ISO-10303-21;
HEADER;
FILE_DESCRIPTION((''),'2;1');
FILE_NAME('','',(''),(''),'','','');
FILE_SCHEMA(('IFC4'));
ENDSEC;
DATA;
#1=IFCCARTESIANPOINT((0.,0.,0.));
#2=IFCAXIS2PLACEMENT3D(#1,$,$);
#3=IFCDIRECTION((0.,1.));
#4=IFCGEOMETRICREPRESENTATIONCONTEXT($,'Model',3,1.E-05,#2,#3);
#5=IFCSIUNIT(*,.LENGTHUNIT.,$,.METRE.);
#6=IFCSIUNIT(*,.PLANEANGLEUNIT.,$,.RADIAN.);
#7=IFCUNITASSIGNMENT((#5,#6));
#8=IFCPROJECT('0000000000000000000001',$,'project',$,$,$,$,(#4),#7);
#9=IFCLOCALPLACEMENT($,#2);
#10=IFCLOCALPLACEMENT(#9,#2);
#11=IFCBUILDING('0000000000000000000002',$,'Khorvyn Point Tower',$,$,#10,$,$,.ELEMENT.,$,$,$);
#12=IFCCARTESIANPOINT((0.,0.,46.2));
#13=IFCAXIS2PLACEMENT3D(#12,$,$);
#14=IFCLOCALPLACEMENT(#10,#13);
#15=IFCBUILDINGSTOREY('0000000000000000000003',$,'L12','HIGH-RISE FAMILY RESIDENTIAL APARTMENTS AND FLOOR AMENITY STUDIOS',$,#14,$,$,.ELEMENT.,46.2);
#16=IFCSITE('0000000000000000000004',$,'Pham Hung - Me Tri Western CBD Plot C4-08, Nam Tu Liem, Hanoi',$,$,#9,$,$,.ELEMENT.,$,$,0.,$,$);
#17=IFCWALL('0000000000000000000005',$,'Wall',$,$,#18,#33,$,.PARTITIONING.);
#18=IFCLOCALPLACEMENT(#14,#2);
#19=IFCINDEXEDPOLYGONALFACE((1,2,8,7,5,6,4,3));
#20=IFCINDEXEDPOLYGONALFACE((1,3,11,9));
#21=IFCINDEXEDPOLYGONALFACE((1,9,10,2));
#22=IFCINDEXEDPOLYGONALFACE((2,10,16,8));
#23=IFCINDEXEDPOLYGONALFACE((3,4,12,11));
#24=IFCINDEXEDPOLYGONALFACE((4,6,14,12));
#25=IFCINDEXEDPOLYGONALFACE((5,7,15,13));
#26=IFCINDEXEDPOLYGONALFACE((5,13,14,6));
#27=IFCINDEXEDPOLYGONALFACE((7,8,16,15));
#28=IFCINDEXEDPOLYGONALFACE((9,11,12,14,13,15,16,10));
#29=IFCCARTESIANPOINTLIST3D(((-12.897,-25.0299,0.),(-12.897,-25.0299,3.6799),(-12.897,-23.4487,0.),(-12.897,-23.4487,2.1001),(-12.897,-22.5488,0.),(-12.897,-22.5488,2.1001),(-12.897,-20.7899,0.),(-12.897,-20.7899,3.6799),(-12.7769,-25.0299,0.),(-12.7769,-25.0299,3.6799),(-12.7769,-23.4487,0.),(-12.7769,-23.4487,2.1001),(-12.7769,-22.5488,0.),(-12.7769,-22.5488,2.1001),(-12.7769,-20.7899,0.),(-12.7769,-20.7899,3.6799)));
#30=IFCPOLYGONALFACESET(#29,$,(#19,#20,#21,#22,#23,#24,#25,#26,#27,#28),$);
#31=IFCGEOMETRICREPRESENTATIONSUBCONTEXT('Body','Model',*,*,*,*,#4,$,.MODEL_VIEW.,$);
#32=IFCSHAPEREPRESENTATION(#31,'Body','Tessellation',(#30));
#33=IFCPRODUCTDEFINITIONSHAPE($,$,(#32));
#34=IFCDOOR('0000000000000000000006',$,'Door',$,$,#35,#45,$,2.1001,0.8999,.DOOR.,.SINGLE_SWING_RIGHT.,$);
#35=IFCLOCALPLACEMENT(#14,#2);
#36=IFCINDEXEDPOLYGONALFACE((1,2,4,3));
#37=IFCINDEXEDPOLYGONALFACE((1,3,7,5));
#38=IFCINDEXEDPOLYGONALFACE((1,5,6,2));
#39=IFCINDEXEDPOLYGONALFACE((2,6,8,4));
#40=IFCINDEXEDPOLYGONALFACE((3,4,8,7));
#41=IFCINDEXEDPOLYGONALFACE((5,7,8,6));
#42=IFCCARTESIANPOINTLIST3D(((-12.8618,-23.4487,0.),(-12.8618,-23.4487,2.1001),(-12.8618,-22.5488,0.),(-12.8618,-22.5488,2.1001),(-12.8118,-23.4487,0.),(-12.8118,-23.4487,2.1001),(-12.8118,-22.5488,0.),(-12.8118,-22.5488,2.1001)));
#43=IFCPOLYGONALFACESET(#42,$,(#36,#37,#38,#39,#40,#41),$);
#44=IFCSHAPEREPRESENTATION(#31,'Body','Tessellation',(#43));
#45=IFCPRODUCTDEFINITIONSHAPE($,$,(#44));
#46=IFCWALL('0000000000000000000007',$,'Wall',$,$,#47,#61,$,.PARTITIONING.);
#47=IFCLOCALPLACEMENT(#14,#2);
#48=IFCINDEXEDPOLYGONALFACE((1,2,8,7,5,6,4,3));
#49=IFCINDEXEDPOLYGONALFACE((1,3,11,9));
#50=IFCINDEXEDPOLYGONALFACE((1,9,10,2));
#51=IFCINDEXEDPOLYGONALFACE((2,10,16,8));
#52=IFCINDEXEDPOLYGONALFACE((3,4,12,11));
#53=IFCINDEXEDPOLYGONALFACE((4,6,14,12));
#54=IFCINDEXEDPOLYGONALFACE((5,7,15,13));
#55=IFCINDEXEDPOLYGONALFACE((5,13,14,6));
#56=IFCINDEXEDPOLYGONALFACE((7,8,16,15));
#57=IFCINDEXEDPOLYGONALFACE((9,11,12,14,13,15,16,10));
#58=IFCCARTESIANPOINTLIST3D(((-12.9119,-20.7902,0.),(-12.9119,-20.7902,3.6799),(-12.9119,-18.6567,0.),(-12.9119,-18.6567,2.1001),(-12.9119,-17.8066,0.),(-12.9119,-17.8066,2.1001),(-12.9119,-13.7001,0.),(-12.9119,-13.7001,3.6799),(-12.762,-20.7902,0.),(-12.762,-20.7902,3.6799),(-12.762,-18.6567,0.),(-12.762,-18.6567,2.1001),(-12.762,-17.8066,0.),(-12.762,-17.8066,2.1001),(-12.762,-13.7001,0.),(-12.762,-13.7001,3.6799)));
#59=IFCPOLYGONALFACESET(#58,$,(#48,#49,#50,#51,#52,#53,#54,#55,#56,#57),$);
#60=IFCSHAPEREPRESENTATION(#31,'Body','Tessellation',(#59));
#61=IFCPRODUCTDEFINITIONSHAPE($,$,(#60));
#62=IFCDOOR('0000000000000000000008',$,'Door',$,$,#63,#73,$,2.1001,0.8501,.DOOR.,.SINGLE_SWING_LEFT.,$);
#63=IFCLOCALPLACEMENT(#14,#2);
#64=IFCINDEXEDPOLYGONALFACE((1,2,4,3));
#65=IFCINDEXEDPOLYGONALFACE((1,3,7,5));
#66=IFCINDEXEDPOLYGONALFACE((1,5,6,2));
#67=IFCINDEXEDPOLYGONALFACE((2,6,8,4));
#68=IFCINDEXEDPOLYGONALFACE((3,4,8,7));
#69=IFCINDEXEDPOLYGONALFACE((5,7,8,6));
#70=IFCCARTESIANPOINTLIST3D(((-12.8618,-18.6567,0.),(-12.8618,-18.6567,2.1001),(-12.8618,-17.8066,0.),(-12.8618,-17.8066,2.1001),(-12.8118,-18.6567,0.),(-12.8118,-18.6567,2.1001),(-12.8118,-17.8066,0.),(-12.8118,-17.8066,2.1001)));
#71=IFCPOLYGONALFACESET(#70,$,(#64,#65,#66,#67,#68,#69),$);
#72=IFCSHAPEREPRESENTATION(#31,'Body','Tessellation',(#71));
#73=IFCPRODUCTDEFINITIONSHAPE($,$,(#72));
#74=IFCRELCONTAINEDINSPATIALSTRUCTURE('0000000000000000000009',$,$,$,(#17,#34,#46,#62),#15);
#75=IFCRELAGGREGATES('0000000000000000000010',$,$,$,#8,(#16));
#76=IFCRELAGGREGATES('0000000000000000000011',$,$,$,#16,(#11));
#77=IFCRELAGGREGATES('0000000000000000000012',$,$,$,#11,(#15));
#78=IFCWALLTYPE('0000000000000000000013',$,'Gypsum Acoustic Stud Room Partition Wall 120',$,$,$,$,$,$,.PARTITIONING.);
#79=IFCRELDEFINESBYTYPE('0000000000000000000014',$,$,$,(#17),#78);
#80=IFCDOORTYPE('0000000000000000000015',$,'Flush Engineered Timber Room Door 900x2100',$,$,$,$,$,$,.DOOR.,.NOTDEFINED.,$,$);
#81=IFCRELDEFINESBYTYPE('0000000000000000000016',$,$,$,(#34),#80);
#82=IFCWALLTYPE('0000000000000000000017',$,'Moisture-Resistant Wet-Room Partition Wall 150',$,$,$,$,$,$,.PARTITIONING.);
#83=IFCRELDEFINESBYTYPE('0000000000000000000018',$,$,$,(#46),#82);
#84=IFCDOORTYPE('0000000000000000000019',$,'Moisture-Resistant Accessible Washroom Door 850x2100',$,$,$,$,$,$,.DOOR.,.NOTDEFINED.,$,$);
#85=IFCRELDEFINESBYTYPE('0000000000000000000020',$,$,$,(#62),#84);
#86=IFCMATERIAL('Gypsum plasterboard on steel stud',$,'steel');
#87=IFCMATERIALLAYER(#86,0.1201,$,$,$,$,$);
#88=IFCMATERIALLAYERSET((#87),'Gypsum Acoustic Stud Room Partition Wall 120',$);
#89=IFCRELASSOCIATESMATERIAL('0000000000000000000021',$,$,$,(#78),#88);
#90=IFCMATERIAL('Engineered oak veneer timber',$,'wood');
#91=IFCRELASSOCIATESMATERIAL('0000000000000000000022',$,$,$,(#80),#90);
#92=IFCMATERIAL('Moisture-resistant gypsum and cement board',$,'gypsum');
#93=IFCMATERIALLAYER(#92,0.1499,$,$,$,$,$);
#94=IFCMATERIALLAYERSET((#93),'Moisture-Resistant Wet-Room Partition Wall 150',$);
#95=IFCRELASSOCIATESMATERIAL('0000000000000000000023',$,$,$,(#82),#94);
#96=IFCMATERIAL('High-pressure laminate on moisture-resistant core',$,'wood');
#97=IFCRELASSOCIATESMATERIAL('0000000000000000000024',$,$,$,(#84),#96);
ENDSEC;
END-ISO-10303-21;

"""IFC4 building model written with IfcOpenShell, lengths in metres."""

from ifc_helpers import new_model, si_unit, direction, frame, frame_2d, origin, place, context, subcontext, project, spatial, rectangle, extrude, material, layer, layer_set, type_object, element, fill, save


model = new_model("IFC4")

# Units and contexts
model_context = context("Model", 3, precision=1e-05, world=origin(), true_north=direction((0.0, 1.0)))
body_context = subcontext(model_context, "Body", "Model", "MODEL_VIEW")
ifc_project = project(units=[si_unit("LENGTHUNIT", "METRE"), si_unit("PLANEANGLEUNIT", "RADIAN")], contexts=[model_context])

# Site, building, storey
site_placement = place(None, origin())
site = spatial("IfcSite", under=ifc_project, at=site_placement, Name="Pham Hung - Me Tri Western CBD Plot C4-08, Nam Tu Liem, Hanoi", CompositionType="ELEMENT", RefElevation=0.0)
building_placement = place(site_placement, origin())
building = spatial("IfcBuilding", under=site, at=building_placement, Name="Khorvyn Point Tower", CompositionType="ELEMENT")
storey_placement = place(building_placement, frame((0.0, 0.0, 46.2)))
storey = spatial("IfcBuildingStorey", under=building, at=storey_placement, Name="L12", Description="HIGH-RISE FAMILY RESIDENTIAL APARTMENTS AND FLOOR AMENITY STUDIOS", CompositionType="ELEMENT", Elevation=46.2)

# Walls, openings, doors
ifc_material_1 = material(Name="Gypsum plasterboard on steel stud", Category="steel")
ifc_layer_1 = layer(ifc_material_1, 0.1201)
ifc_layer_set_1 = layer_set([ifc_layer_1], Name="Gypsum Acoustic Stud Room Partition Wall 120")
wall_type_1 = type_object("IfcWallType", Name="Gypsum Acoustic Stud Room Partition Wall 120", PredefinedType="PARTITIONING", material=ifc_layer_set_1)
ifc_material_2 = material(Name="Engineered oak veneer timber", Category="wood")
door_type_1 = type_object("IfcDoorType", Name="Flush Engineered Timber Room Door 900x2100", OperationType="NOTDEFINED", PredefinedType="DOOR", material=ifc_material_2)
wall_1_placement = place(storey_placement, frame((-12.8369, -25.03, 0.0), z_axis=(0.0, 0.0, 1.0), x_axis=(0.0, 1.0, 0.0)))
wall_1 = element("IfcWall", 1, at=wall_1_placement, inside=storey, type_object=wall_type_1, Name="Wall", PredefinedType="PARTITIONING", context=body_context, shape_type="SweptSolid", body=[
    extrude(rectangle(XDim=4.24, YDim=0.1201, at=frame_2d((2.1201, 0.0))), origin(), (0.0, 0.0, 1.0), 3.6799),
])
opening_1_placement = place(wall_1_placement, frame((1.5813, 0.0, 0.0)))
opening_1 = element("IfcOpeningElement", 2, at=opening_1_placement, cuts=wall_1, PredefinedType="OPENING", context=body_context, shape_type="SweptSolid", body=[
    extrude(rectangle(XDim=0.8999, YDim=2.1001, at=frame_2d((0.45, 1.05))), frame((0.0, 0.0701, 0.0), z_axis=(0.0, -1.0, 0.0), x_axis=(1.0, 0.0, 0.0)), (0.0, 0.0, 1.0), 0.1401),
])
door_1_placement = place(opening_1_placement, origin())
door_1 = element("IfcDoor", 3, at=door_1_placement, inside=storey, type_object=door_type_1, Name="Door", OperationType="SINGLE_SWING_RIGHT", OverallHeight=2.1001, OverallWidth=0.8999, PredefinedType="DOOR", context=body_context, shape_type="SweptSolid", body=[
    extrude(rectangle(XDim=0.8999, YDim=2.1001, at=frame_2d((0.45, 1.05))), frame((0.0, 0.0249, 0.0), z_axis=(0.0, -1.0, 0.0), x_axis=(1.0, 0.0, 0.0)), (0.0, 0.0, 1.0), 0.05),
])
fill(opening_1, door_1)
ifc_material_3 = material(Name="Moisture-resistant gypsum and cement board", Category="gypsum")
ifc_layer_2 = layer(ifc_material_3, 0.1499)
ifc_layer_set_2 = layer_set([ifc_layer_2], Name="Moisture-Resistant Wet-Room Partition Wall 150")
wall_type_2 = type_object("IfcWallType", Name="Moisture-Resistant Wet-Room Partition Wall 150", PredefinedType="PARTITIONING", material=ifc_layer_set_2)
wall_2_placement = place(storey_placement, frame((-12.8369, -20.79, 0.0), z_axis=(0.0, 0.0, 1.0), x_axis=(0.0, 1.0, 0.0)))
wall_2 = element("IfcWall", 4, at=wall_2_placement, inside=storey, type_object=wall_type_2, Name="Wall", PredefinedType="PARTITIONING", context=body_context, shape_type="SweptSolid", body=[
    extrude(rectangle(XDim=7.0901, YDim=0.1499, at=frame_2d((3.5449, 0.0))), origin(), (0.0, 0.0, 1.0), 3.6799),
])
opening_2_placement = place(wall_2_placement, frame((2.1333, 0.0, 0.0)))
opening_2 = element("IfcOpeningElement", 5, at=opening_2_placement, cuts=wall_2, PredefinedType="OPENING", context=body_context, shape_type="SweptSolid", body=[
    extrude(rectangle(XDim=0.8501, YDim=2.1001, at=frame_2d((0.425, 1.05))), frame((0.0, 0.085, 0.0), z_axis=(0.0, -1.0, 0.0), x_axis=(1.0, 0.0, 0.0)), (0.0, 0.0, 1.0), 0.1699),
])
ifc_material_4 = material(Name="High-pressure laminate on moisture-resistant core", Category="wood")
door_type_2 = type_object("IfcDoorType", Name="Moisture-Resistant Accessible Washroom Door 850x2100", OperationType="NOTDEFINED", PredefinedType="DOOR", material=ifc_material_4)
door_2_placement = place(opening_2_placement, origin())
door_2 = element("IfcDoor", 6, at=door_2_placement, inside=storey, type_object=door_type_2, Name="Door", OperationType="SINGLE_SWING_LEFT", OverallHeight=2.1001, OverallWidth=0.8501, PredefinedType="DOOR", context=body_context, shape_type="SweptSolid", body=[
    extrude(rectangle(XDim=0.8501, YDim=2.1001, at=frame_2d((0.425, 1.05))), frame((0.0, 0.0249, 0.0), z_axis=(0.0, -1.0, 0.0), x_axis=(1.0, 0.0, 0.0)), (0.0, 0.0, 1.0), 0.05),
])
fill(opening_2, door_2)

save(model, "model.ifc")
